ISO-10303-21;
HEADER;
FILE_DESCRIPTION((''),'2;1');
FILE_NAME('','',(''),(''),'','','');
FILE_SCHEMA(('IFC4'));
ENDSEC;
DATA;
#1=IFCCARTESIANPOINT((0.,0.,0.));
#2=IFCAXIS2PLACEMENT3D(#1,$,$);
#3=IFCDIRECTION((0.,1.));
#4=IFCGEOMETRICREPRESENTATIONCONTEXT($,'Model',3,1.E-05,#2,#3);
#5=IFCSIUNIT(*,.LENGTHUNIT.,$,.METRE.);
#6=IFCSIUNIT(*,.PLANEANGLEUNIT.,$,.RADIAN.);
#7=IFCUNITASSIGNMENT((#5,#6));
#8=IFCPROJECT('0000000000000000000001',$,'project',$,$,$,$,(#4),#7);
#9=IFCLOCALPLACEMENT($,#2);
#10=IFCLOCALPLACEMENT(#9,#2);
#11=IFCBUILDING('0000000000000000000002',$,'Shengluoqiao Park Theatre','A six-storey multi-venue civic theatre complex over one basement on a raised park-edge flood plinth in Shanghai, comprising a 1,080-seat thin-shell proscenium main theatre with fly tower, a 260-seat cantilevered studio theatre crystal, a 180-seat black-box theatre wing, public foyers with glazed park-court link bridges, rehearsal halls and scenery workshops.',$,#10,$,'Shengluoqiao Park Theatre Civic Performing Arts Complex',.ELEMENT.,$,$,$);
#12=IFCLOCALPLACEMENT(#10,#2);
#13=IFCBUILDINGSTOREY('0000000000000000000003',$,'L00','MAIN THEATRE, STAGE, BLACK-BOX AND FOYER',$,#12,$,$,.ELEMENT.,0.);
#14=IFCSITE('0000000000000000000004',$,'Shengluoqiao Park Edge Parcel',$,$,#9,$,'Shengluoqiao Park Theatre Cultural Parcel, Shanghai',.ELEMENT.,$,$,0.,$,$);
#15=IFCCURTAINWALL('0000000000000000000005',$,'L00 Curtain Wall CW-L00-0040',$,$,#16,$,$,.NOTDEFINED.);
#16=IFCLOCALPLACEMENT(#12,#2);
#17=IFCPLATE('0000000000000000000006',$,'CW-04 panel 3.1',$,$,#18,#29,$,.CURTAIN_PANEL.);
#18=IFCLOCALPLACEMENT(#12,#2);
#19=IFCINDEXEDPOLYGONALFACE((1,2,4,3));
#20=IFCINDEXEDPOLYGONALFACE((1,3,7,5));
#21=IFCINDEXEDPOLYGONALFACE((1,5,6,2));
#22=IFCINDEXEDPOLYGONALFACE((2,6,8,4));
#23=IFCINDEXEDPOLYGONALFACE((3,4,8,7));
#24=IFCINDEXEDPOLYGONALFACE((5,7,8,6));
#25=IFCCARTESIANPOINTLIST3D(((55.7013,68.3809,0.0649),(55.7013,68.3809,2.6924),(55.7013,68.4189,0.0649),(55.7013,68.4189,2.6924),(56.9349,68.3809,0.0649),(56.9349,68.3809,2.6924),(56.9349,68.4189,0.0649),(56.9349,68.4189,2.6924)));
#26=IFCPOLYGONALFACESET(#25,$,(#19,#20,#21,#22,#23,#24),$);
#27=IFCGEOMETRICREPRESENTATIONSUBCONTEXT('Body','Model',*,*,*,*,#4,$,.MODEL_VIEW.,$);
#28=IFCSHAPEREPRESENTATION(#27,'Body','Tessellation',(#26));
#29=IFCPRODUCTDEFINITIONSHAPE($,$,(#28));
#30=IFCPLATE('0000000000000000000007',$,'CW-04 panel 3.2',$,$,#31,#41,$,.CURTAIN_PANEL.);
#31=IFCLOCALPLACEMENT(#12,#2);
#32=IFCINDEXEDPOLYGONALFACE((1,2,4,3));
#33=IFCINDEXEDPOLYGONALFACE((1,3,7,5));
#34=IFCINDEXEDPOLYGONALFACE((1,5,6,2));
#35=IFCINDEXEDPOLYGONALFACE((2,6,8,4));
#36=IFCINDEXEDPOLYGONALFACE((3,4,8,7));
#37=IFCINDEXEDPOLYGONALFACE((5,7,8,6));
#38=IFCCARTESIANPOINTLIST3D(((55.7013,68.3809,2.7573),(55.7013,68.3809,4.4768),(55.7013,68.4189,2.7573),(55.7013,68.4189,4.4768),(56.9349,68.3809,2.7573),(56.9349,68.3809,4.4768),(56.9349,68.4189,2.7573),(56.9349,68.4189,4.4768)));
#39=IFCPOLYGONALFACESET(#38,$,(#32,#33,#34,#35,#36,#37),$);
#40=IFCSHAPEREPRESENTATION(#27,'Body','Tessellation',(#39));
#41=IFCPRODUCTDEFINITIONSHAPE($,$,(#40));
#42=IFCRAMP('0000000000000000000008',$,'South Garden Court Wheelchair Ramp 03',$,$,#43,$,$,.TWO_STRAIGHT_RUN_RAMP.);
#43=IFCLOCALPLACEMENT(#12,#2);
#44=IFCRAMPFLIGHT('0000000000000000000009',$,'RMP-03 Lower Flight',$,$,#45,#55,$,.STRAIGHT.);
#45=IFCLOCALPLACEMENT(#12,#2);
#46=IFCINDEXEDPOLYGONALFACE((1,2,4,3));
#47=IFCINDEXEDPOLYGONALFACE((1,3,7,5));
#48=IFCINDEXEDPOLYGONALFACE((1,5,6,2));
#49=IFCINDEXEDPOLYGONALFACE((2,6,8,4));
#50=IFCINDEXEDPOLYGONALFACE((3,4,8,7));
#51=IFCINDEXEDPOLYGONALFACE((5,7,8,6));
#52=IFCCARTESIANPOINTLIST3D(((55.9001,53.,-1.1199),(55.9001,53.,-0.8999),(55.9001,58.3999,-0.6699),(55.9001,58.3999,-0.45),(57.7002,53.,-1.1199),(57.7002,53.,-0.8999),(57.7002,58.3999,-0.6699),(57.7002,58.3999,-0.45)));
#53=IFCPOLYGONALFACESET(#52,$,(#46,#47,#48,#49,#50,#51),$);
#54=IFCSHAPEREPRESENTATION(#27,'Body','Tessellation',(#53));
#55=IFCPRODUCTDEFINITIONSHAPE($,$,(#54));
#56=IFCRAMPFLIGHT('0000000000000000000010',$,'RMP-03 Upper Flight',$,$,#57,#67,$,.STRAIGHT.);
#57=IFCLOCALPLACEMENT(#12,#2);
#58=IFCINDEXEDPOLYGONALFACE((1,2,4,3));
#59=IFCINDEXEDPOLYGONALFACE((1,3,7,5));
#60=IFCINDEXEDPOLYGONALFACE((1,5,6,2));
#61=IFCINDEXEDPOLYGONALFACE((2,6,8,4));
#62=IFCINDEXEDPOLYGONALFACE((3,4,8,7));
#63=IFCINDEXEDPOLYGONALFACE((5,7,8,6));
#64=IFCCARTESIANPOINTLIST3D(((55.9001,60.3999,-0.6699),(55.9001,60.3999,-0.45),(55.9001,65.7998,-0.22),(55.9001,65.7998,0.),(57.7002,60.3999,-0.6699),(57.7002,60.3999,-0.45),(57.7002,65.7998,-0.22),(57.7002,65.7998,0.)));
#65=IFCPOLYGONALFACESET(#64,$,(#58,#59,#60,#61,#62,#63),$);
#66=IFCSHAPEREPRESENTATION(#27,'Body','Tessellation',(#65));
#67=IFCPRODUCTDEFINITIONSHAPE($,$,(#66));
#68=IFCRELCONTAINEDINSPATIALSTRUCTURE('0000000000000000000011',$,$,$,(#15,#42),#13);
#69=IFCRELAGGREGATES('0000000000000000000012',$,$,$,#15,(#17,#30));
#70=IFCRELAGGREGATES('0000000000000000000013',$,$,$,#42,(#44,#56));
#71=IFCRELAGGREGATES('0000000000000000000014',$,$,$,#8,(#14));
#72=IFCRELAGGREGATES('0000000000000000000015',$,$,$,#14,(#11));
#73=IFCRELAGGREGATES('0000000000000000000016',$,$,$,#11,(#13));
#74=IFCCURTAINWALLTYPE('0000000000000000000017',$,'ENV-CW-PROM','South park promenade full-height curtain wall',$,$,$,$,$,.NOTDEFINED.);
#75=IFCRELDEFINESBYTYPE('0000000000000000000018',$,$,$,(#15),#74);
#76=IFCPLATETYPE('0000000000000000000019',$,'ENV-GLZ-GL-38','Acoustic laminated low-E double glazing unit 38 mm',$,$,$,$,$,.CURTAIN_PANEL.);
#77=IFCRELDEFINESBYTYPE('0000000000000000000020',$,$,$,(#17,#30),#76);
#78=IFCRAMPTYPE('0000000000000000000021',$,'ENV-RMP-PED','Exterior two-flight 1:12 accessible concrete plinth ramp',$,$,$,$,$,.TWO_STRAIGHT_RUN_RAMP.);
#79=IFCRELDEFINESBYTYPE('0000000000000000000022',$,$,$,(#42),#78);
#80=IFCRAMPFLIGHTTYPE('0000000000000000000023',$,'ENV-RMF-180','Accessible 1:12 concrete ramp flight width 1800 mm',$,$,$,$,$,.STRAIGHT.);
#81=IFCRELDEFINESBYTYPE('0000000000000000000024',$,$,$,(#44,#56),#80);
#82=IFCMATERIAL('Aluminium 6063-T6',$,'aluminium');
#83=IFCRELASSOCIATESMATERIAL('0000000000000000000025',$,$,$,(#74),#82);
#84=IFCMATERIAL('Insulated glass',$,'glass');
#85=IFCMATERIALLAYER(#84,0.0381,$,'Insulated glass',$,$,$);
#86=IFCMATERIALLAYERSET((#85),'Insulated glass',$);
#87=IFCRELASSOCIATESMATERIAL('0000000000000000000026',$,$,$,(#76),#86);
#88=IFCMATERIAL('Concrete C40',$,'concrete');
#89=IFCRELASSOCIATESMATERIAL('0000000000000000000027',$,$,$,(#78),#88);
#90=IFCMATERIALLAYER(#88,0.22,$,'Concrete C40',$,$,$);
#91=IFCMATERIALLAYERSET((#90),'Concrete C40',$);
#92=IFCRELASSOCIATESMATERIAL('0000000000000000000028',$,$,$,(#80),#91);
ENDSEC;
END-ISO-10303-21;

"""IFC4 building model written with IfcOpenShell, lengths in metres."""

from ifc_helpers import new_model, si_unit, direction, frame, origin, origin_2d, place, context, subcontext, project, spatial, polyline, rectangle, outline, extrude, material, layer, layer_set, type_object, element, aggregate, save


model = new_model("IFC4")

# Units and contexts
model_context = context("Model", 3, precision=1e-05, world=origin(), true_north=direction((0.0, 1.0)))
body_context = subcontext(model_context, "Body", "Model", "MODEL_VIEW")
ifc_project = project(units=[si_unit("LENGTHUNIT", "METRE"), si_unit("PLANEANGLEUNIT", "RADIAN")], contexts=[model_context])

# Site, building, storey
site_placement = place(None, origin())
site = spatial("IfcSite", under=ifc_project, at=site_placement, Name="Shengluoqiao Park Edge Parcel", LongName="Shengluoqiao Park Theatre Cultural Parcel, Shanghai", CompositionType="ELEMENT", RefElevation=0.0)
building_placement = place(site_placement, origin())
building = spatial("IfcBuilding", under=site, at=building_placement, Name="Shengluoqiao Park Theatre", Description="A six-storey multi-venue civic theatre complex over one basement on a raised park-edge flood plinth in Shanghai, comprising a 1,080-seat thin-shell proscenium main theatre with fly tower, a 260-seat cantilevered studio theatre crystal, a 180-seat black-box theatre wing, public foyers with glazed park-court link bridges, rehearsal halls and scenery workshops.", LongName="Shengluoqiao Park Theatre Civic Performing Arts Complex", CompositionType="ELEMENT")
storey_placement = place(building_placement, origin())
storey = spatial("IfcBuildingStorey", under=building, at=storey_placement, Name="L00", Description="MAIN THEATRE, STAGE, BLACK-BOX AND FOYER", CompositionType="ELEMENT", Elevation=0.0)

# Shared definitions
ifc_material_1 = material(Name="Concrete C40", Category="concrete")

# Curtain wall, plates
ifc_material_2 = material(Name="Aluminium 6063-T6", Category="aluminium")
curtain_wall_type = type_object("IfcCurtainWallType", Name="ENV-CW-PROM", Description="South park promenade full-height curtain wall", PredefinedType="NOTDEFINED", material=ifc_material_2)
curtain_wall_placement = place(storey_placement, origin())
curtain_wall = element("IfcCurtainWall", 1, at=curtain_wall_placement, inside=storey, type_object=curtain_wall_type, Name="L00 Curtain Wall CW-L00-0040", PredefinedType="NOTDEFINED")
ifc_material_3 = material(Name="Insulated glass", Category="glass")
ifc_layer_1 = layer(ifc_material_3, 0.0381, Name="Insulated glass")
ifc_layer_set_1 = layer_set([ifc_layer_1], Name="Insulated glass")
plate_type = type_object("IfcPlateType", Name="ENV-GLZ-GL-38", Description="Acoustic laminated low-E double glazing unit 38 mm", PredefinedType="CURTAIN_PANEL", material=ifc_layer_set_1)
plate_1_placement = place(storey_placement, frame((56.3181, 68.3999, 0.0649), z_axis=(0.0, 0.0, 1.0), x_axis=(1.0, 0.0, 0.0)))
plate_1 = element("IfcPlate", 2, at=plate_1_placement, type_object=plate_type, Name="CW-04 panel 3.1", PredefinedType="CURTAIN_PANEL", context=body_context, shape_type="SweptSolid", body=[
    extrude(rectangle(XDim=1.2336, YDim=0.0381, at=origin_2d()), origin(), (0.0, 0.0, 1.0), 2.6274),
])
plate_2_placement = place(storey_placement, frame((56.3181, 68.3999, 2.7573), z_axis=(0.0, 0.0, 1.0), x_axis=(1.0, 0.0, 0.0)))
plate_2 = element("IfcPlate", 3, at=plate_2_placement, type_object=plate_type, Name="CW-04 panel 3.2", PredefinedType="CURTAIN_PANEL", context=body_context, shape_type="SweptSolid", body=[
    extrude(rectangle(XDim=1.2336, YDim=0.0381, at=origin_2d()), origin(), (0.0, 0.0, 1.0), 1.7195),
])
aggregate(curtain_wall, [plate_1, plate_2])

# Ramp, ramp flights
ramp_type = type_object("IfcRampType", Name="ENV-RMP-PED", Description="Exterior two-flight 1:12 accessible concrete plinth ramp", PredefinedType="TWO_STRAIGHT_RUN_RAMP", material=ifc_material_1)
ramp_placement = place(storey_placement, origin())
ramp = element("IfcRamp", 4, at=ramp_placement, inside=storey, type_object=ramp_type, Name="South Garden Court Wheelchair Ramp 03", PredefinedType="TWO_STRAIGHT_RUN_RAMP")
ifc_layer_2 = layer(ifc_material_1, 0.22, Name="Concrete C40")
ifc_layer_set_2 = layer_set([ifc_layer_2], Name="Concrete C40")
ramp_flight_type = type_object("IfcRampFlightType", Name="ENV-RMF-180", Description="Accessible 1:12 concrete ramp flight width 1800 mm", PredefinedType="STRAIGHT", material=ifc_layer_set_2)
ramp_flight_1_placement = place(storey_placement, frame((56.8, 53.0, -0.8999), z_axis=(0.0, 0.0, 1.0), x_axis=(0.0, 1.0, 0.0)))
ramp_flight_1 = element("IfcRampFlight", 5, at=ramp_flight_1_placement, type_object=ramp_flight_type, Name="RMP-03 Lower Flight", PredefinedType="STRAIGHT", context=body_context, shape_type="SweptSolid", body=[
    extrude(outline(polyline([(0.0, 0.0), (5.3999, 0.45), (5.3999, 0.23), (0.0, -0.22), (0.0, 0.0)])), frame((0.0, 0.8999, 0.0), z_axis=(0.0, -1.0, 0.0), x_axis=(1.0, 0.0, 0.0)), (0.0, 0.0, 1.0), 1.8),
])
ramp_flight_2_placement = place(storey_placement, frame((56.8, 60.3999, -0.45), z_axis=(0.0, 0.0, 1.0), x_axis=(0.0, 1.0, 0.0)))
ramp_flight_2 = element("IfcRampFlight", 6, at=ramp_flight_2_placement, type_object=ramp_flight_type, Name="RMP-03 Upper Flight", PredefinedType="STRAIGHT", context=body_context, shape_type="SweptSolid", body=[
    extrude(outline(polyline([(0.0, 0.0), (5.3999, 0.45), (5.3999, 0.23), (0.0, -0.22), (0.0, 0.0)])), frame((0.0, 0.8999, 0.0), z_axis=(0.0, -1.0, 0.0), x_axis=(1.0, 0.0, 0.0)), (0.0, 0.0, 1.0), 1.8),
])
aggregate(ramp, [ramp_flight_1, ramp_flight_2])

save(model, "model.ifc")
